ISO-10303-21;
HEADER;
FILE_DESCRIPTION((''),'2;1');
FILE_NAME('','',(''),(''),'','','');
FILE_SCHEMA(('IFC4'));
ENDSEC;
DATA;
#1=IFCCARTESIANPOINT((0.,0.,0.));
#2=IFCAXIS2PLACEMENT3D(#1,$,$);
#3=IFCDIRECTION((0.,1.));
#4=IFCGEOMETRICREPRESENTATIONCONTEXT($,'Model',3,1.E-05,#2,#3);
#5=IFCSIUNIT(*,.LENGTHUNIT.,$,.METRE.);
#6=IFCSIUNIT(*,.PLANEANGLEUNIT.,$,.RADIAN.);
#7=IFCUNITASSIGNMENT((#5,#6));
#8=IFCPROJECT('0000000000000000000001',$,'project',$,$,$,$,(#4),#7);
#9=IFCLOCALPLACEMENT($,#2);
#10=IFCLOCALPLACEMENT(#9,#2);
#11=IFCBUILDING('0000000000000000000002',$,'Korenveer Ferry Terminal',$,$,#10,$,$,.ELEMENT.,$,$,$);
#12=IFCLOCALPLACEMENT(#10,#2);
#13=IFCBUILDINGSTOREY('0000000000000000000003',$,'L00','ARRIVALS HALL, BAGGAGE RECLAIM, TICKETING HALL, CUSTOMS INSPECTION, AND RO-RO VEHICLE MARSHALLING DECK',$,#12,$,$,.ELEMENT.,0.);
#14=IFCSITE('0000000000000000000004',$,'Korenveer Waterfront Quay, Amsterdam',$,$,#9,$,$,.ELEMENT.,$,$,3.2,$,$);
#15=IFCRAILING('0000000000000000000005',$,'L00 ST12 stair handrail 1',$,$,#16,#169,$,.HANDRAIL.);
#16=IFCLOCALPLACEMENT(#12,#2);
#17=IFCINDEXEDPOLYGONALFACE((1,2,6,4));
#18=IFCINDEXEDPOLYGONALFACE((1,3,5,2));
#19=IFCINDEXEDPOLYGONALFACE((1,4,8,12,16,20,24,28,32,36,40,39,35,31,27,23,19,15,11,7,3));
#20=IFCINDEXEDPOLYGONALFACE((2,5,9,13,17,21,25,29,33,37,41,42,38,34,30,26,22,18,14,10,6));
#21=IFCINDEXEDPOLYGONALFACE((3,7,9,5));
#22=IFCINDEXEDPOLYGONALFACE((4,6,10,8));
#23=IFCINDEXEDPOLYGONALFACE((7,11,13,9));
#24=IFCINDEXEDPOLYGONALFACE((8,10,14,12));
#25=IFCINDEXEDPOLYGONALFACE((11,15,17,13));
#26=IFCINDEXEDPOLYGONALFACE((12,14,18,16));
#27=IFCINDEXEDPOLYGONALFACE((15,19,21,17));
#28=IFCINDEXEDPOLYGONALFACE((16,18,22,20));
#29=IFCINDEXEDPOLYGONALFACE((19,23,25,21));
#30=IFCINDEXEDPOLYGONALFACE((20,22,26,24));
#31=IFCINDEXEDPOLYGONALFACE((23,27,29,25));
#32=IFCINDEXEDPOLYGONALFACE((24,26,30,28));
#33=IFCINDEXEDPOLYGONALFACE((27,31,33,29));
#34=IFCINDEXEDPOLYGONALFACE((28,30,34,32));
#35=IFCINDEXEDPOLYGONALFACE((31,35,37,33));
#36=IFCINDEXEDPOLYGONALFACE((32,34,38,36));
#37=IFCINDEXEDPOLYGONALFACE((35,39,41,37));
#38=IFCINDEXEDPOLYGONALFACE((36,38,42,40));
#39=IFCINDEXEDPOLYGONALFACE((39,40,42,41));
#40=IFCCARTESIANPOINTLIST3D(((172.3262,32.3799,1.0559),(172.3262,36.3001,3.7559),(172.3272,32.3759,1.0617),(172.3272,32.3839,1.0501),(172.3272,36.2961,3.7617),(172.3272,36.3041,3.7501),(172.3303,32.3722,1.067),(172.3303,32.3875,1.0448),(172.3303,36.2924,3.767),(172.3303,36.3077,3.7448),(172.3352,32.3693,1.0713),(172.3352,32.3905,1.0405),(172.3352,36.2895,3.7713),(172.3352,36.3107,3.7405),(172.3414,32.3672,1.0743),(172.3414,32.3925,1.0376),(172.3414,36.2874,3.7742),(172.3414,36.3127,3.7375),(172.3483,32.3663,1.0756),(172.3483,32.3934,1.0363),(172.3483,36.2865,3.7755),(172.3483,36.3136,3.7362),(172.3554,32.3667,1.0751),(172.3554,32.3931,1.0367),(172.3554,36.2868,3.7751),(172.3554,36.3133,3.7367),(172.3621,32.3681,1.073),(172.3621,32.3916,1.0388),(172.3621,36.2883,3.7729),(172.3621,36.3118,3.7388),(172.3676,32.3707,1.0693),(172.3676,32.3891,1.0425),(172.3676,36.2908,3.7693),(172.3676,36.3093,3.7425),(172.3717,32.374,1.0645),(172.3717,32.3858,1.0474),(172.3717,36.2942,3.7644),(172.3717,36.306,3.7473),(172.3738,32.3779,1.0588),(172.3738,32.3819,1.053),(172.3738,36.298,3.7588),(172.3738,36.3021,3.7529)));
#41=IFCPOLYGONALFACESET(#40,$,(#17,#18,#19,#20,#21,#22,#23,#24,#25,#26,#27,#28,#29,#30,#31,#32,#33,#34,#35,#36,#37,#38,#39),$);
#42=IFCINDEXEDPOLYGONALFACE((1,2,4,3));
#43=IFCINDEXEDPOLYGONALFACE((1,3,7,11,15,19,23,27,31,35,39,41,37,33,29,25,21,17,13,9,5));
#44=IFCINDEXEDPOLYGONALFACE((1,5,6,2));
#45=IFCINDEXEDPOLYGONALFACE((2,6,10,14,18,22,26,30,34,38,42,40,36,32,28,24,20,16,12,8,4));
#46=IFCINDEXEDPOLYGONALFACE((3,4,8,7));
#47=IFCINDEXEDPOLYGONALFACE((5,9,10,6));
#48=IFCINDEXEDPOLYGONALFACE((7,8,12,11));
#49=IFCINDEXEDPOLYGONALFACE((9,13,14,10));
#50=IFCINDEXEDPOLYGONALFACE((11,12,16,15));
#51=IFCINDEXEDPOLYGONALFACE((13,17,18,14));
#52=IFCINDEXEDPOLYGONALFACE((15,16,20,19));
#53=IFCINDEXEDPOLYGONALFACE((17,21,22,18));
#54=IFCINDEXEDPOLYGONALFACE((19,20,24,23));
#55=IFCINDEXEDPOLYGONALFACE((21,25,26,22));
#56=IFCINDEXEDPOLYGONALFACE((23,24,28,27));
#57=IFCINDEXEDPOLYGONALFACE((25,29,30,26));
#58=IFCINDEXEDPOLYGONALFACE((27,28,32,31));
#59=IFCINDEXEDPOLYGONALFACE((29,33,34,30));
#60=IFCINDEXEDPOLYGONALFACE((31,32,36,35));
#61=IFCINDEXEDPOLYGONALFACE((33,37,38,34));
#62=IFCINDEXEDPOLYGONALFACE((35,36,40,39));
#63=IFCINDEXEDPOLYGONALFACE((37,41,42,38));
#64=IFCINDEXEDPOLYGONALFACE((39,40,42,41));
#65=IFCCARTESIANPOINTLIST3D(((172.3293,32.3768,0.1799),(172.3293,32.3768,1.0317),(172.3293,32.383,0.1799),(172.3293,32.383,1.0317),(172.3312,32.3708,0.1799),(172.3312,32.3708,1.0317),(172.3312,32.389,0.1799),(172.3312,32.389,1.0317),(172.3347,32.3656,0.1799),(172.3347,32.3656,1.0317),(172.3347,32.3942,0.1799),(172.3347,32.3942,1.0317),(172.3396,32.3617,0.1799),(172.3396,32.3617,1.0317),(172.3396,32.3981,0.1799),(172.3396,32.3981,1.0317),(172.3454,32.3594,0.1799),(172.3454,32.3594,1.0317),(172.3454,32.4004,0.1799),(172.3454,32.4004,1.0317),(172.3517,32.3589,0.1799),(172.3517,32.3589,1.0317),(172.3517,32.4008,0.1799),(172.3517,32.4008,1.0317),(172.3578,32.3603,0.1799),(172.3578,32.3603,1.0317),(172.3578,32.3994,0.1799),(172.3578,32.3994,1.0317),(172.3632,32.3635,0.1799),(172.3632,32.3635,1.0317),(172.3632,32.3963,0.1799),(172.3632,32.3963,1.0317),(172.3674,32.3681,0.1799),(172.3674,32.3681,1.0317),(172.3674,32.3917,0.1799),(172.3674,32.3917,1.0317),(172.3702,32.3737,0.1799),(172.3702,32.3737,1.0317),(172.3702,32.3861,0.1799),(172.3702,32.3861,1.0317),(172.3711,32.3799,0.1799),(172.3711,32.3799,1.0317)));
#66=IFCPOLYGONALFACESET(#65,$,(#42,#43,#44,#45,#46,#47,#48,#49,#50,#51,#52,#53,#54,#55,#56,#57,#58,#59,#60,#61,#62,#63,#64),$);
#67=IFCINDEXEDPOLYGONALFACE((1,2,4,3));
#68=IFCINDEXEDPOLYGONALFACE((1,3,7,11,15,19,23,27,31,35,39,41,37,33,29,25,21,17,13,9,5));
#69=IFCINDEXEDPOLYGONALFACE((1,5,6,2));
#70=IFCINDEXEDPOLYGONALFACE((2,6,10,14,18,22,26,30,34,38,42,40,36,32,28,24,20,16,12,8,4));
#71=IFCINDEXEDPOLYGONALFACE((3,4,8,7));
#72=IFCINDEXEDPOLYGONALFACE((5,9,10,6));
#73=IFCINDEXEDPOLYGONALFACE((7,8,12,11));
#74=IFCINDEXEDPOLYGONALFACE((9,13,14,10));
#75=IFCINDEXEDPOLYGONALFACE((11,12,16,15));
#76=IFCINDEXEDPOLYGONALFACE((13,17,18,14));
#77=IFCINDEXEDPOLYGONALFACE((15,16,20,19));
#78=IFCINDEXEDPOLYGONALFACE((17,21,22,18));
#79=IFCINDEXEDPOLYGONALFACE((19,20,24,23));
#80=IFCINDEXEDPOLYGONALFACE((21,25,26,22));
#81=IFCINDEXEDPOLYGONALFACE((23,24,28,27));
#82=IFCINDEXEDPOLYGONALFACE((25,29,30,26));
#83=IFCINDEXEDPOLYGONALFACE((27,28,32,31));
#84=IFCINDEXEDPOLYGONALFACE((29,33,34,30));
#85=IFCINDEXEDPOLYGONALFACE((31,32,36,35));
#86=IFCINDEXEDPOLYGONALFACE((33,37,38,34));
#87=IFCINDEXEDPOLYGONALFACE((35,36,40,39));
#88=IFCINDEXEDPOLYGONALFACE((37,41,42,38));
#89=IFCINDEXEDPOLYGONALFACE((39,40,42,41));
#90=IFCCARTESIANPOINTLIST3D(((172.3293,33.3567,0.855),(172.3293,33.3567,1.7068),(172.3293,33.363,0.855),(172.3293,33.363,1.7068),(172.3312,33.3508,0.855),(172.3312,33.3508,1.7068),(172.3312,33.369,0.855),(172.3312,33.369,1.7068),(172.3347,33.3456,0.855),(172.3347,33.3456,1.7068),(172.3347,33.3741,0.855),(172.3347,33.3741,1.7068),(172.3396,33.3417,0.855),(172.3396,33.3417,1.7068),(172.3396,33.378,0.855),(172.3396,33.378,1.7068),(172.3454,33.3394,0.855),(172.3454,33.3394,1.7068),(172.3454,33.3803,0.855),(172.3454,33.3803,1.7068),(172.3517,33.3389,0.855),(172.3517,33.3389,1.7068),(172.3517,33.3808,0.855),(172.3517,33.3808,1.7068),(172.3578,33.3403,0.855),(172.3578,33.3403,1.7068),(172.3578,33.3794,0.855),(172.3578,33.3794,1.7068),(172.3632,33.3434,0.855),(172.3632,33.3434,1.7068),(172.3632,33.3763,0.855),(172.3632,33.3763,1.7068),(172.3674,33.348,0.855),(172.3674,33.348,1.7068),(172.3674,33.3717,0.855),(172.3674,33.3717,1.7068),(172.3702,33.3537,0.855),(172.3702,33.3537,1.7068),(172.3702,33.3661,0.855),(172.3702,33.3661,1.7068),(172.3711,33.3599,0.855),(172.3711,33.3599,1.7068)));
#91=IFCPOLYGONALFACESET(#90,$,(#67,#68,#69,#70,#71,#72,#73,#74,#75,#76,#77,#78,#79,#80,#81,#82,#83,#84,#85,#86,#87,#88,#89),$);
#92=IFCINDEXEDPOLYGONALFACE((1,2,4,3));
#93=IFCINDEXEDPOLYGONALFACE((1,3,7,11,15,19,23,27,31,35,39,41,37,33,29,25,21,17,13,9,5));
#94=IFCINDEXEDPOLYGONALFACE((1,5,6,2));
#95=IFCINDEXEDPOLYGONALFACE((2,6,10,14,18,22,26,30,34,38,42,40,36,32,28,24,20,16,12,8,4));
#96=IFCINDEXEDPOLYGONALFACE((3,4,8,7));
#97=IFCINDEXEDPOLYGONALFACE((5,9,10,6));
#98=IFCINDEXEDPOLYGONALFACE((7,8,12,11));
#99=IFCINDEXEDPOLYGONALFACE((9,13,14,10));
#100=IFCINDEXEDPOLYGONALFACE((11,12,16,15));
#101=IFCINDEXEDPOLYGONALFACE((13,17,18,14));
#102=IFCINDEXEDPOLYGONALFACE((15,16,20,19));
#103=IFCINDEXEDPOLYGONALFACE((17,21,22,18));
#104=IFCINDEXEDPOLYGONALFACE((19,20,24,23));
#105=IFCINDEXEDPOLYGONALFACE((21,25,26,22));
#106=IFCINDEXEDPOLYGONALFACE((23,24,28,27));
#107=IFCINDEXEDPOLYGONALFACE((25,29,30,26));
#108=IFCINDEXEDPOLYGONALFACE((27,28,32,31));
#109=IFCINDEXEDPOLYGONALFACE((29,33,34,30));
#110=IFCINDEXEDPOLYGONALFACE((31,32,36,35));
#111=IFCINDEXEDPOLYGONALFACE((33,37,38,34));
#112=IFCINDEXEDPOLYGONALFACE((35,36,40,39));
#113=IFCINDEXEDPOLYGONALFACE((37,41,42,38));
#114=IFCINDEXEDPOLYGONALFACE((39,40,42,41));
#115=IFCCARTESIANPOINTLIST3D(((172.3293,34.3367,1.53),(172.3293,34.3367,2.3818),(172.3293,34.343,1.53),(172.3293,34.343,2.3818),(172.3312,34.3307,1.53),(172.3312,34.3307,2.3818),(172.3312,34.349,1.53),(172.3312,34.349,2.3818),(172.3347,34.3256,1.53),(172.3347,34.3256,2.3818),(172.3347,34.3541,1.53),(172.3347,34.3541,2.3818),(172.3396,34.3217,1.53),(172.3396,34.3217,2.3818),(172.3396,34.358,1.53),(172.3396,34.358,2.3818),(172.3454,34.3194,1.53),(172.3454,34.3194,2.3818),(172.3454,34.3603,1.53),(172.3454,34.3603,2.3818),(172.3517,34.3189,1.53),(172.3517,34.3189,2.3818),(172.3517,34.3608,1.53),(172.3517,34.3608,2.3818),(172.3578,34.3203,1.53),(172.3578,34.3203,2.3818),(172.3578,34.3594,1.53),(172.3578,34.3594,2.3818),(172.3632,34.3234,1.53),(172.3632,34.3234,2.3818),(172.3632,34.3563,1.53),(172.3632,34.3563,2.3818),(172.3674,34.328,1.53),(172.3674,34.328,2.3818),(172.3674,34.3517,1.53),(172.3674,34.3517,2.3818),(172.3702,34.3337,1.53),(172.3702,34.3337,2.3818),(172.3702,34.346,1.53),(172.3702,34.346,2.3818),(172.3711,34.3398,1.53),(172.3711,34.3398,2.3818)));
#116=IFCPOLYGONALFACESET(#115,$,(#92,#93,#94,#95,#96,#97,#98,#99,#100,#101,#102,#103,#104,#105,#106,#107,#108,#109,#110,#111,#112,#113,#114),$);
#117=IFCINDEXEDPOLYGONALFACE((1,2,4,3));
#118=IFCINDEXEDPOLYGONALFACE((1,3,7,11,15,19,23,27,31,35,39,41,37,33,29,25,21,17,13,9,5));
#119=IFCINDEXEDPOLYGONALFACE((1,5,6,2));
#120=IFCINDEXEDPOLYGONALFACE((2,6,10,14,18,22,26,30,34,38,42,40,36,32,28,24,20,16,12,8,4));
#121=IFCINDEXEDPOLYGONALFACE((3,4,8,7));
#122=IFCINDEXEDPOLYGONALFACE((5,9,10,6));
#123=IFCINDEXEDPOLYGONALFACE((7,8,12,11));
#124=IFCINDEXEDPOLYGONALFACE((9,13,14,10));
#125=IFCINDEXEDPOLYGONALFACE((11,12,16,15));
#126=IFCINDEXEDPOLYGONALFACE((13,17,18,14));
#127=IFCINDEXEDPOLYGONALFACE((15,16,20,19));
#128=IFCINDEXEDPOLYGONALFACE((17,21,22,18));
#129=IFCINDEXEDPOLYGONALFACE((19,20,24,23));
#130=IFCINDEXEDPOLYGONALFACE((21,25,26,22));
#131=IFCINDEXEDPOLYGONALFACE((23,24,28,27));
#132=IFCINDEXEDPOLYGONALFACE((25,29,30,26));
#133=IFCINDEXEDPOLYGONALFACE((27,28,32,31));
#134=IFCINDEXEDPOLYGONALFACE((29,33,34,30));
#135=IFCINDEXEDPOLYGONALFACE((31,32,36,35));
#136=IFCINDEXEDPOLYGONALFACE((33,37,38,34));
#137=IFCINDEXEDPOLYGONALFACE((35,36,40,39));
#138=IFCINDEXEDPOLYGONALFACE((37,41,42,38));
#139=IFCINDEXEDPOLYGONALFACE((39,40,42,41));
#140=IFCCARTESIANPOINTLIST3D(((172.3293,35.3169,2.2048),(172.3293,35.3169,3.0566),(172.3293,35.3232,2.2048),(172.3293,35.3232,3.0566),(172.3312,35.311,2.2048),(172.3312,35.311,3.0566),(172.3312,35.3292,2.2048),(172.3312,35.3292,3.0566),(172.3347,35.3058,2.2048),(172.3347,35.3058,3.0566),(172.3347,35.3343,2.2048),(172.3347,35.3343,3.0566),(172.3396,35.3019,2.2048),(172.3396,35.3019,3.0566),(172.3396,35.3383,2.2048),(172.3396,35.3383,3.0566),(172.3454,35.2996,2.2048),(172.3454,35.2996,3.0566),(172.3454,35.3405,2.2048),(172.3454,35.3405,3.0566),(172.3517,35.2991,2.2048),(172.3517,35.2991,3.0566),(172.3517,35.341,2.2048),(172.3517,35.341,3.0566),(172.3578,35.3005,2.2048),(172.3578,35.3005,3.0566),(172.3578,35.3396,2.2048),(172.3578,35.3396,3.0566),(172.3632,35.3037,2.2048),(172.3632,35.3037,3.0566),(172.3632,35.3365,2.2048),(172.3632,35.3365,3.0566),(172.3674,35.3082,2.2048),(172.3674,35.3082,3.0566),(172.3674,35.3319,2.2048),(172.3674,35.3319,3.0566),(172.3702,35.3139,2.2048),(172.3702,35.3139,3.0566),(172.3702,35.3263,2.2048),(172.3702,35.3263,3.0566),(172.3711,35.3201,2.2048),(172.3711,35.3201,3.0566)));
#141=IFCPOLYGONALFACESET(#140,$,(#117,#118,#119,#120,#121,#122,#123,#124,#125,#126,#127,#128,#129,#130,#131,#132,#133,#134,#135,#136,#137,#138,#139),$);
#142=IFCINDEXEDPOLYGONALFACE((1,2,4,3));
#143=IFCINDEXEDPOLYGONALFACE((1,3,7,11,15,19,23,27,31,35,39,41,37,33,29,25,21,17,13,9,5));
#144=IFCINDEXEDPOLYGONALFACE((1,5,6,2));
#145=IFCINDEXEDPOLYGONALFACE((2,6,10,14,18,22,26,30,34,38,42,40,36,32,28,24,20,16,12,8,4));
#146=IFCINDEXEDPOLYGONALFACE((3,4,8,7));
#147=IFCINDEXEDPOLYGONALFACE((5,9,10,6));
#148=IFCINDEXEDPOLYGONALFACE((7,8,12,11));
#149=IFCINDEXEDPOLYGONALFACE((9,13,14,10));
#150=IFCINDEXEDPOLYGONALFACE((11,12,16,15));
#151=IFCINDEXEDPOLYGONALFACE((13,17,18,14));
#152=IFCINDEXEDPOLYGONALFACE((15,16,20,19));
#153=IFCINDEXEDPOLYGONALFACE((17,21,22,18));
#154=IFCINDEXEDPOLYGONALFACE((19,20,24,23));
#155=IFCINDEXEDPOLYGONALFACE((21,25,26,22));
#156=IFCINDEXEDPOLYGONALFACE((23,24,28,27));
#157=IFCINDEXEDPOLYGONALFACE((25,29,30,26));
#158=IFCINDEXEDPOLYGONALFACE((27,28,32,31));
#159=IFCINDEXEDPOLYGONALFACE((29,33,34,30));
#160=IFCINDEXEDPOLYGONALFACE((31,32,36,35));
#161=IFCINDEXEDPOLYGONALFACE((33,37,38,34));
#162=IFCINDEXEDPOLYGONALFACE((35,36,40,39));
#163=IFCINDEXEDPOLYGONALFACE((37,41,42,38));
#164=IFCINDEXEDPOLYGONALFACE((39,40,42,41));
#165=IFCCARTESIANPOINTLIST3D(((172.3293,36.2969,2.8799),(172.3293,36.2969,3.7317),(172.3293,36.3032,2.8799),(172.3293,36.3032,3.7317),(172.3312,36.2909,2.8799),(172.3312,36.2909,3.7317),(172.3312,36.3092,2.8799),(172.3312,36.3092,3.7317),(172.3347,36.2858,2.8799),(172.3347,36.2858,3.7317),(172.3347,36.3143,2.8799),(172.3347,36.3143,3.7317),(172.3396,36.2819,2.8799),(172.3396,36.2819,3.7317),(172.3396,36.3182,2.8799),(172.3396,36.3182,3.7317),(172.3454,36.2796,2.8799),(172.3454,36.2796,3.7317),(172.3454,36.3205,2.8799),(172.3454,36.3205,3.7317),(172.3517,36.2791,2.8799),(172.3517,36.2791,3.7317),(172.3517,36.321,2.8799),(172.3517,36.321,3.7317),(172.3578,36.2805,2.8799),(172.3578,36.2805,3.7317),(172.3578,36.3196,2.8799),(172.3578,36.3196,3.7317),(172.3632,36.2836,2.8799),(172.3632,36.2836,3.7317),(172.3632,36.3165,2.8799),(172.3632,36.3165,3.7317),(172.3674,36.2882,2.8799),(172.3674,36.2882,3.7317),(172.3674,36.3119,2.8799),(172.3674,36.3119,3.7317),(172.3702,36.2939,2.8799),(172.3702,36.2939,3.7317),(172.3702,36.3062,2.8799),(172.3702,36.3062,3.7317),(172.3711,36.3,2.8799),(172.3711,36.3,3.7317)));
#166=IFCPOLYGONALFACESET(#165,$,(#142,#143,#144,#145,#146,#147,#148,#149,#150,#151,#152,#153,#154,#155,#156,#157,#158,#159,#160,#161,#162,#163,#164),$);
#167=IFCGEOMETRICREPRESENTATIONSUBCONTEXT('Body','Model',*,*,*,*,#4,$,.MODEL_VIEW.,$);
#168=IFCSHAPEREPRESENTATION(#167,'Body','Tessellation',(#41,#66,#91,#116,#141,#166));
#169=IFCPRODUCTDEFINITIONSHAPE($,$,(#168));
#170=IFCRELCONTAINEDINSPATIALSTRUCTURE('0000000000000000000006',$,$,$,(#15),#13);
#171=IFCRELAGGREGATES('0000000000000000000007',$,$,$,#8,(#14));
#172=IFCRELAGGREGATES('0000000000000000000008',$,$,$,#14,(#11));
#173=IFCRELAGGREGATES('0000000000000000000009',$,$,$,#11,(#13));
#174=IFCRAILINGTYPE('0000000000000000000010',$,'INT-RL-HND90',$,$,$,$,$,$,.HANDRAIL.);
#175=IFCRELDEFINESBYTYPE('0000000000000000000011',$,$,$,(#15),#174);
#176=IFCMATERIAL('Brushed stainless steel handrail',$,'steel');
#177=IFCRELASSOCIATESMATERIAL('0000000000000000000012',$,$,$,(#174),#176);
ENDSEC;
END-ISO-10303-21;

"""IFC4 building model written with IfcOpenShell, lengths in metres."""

from ifc_helpers import new_model, si_unit, direction, frame, origin, origin_2d, place, context, subcontext, project, spatial, circle, extrude, material, type_object, element, save


model = new_model("IFC4")

# Units and contexts
model_context = context("Model", 3, precision=1e-05, world=origin(), true_north=direction((0.0, 1.0)))
body_context = subcontext(model_context, "Body", "Model", "MODEL_VIEW")
ifc_project = project(units=[si_unit("LENGTHUNIT", "METRE"), si_unit("PLANEANGLEUNIT", "RADIAN")], contexts=[model_context])

# Site, building, storey
site_placement = place(None, origin())
site = spatial("IfcSite", under=ifc_project, at=site_placement, Name="Korenveer Waterfront Quay, Amsterdam", CompositionType="ELEMENT", RefElevation=3.2)
building_placement = place(site_placement, origin())
building = spatial("IfcBuilding", under=site, at=building_placement, Name="Korenveer Ferry Terminal", CompositionType="ELEMENT")
storey_placement = place(building_placement, origin())
storey = spatial("IfcBuildingStorey", under=building, at=storey_placement, Name="L00", Description="ARRIVALS HALL, BAGGAGE RECLAIM, TICKETING HALL, CUSTOMS INSPECTION, AND RO-RO VEHICLE MARSHALLING DECK", CompositionType="ELEMENT", Elevation=0.0)

# Railing
ifc_material_1 = material(Name="Brushed stainless steel handrail", Category="steel")
railing_type_1 = type_object("IfcRailingType", Name="INT-RL-HND90", PredefinedType="HANDRAIL", material=ifc_material_1)
railing_1_placement = place(storey_placement, frame((172.3501, 32.3799, 0.1799)))
element("IfcRailing", 1, at=railing_1_placement, inside=storey, type_object=railing_type_1, Name="L00 ST12 stair handrail 1", PredefinedType="HANDRAIL", context=body_context, shape_type="SweptSolid", body=[
    extrude(circle(Radius=0.0239, at=origin_2d()), frame((0.0, 0.0, 0.876), z_axis=(0.0, 0.823567, 0.567219), x_axis=(-1.0, 0.0, 0.0)), (0.0, 0.0, 1.0), 4.76),
    extrude(circle(Radius=0.021, at=origin_2d()), origin(), (0.0, 0.0, 1.0), 0.8518),
    extrude(circle(Radius=0.021, at=origin_2d()), frame((0.0, 0.98, 0.675)), (0.0, 0.0, 1.0), 0.8518),
    extrude(circle(Radius=0.021, at=origin_2d()), frame((0.0, 1.96, 1.3501)), (0.0, 0.0, 1.0), 0.8518),
    extrude(circle(Radius=0.021, at=origin_2d()), frame((0.0, 2.9402, 2.0249)), (0.0, 0.0, 1.0), 0.8518),
    extrude(circle(Radius=0.021, at=origin_2d()), frame((0.0, 3.9202, 2.7)), (0.0, 0.0, 1.0), 0.8518),
])

save(model, "model.ifc")
